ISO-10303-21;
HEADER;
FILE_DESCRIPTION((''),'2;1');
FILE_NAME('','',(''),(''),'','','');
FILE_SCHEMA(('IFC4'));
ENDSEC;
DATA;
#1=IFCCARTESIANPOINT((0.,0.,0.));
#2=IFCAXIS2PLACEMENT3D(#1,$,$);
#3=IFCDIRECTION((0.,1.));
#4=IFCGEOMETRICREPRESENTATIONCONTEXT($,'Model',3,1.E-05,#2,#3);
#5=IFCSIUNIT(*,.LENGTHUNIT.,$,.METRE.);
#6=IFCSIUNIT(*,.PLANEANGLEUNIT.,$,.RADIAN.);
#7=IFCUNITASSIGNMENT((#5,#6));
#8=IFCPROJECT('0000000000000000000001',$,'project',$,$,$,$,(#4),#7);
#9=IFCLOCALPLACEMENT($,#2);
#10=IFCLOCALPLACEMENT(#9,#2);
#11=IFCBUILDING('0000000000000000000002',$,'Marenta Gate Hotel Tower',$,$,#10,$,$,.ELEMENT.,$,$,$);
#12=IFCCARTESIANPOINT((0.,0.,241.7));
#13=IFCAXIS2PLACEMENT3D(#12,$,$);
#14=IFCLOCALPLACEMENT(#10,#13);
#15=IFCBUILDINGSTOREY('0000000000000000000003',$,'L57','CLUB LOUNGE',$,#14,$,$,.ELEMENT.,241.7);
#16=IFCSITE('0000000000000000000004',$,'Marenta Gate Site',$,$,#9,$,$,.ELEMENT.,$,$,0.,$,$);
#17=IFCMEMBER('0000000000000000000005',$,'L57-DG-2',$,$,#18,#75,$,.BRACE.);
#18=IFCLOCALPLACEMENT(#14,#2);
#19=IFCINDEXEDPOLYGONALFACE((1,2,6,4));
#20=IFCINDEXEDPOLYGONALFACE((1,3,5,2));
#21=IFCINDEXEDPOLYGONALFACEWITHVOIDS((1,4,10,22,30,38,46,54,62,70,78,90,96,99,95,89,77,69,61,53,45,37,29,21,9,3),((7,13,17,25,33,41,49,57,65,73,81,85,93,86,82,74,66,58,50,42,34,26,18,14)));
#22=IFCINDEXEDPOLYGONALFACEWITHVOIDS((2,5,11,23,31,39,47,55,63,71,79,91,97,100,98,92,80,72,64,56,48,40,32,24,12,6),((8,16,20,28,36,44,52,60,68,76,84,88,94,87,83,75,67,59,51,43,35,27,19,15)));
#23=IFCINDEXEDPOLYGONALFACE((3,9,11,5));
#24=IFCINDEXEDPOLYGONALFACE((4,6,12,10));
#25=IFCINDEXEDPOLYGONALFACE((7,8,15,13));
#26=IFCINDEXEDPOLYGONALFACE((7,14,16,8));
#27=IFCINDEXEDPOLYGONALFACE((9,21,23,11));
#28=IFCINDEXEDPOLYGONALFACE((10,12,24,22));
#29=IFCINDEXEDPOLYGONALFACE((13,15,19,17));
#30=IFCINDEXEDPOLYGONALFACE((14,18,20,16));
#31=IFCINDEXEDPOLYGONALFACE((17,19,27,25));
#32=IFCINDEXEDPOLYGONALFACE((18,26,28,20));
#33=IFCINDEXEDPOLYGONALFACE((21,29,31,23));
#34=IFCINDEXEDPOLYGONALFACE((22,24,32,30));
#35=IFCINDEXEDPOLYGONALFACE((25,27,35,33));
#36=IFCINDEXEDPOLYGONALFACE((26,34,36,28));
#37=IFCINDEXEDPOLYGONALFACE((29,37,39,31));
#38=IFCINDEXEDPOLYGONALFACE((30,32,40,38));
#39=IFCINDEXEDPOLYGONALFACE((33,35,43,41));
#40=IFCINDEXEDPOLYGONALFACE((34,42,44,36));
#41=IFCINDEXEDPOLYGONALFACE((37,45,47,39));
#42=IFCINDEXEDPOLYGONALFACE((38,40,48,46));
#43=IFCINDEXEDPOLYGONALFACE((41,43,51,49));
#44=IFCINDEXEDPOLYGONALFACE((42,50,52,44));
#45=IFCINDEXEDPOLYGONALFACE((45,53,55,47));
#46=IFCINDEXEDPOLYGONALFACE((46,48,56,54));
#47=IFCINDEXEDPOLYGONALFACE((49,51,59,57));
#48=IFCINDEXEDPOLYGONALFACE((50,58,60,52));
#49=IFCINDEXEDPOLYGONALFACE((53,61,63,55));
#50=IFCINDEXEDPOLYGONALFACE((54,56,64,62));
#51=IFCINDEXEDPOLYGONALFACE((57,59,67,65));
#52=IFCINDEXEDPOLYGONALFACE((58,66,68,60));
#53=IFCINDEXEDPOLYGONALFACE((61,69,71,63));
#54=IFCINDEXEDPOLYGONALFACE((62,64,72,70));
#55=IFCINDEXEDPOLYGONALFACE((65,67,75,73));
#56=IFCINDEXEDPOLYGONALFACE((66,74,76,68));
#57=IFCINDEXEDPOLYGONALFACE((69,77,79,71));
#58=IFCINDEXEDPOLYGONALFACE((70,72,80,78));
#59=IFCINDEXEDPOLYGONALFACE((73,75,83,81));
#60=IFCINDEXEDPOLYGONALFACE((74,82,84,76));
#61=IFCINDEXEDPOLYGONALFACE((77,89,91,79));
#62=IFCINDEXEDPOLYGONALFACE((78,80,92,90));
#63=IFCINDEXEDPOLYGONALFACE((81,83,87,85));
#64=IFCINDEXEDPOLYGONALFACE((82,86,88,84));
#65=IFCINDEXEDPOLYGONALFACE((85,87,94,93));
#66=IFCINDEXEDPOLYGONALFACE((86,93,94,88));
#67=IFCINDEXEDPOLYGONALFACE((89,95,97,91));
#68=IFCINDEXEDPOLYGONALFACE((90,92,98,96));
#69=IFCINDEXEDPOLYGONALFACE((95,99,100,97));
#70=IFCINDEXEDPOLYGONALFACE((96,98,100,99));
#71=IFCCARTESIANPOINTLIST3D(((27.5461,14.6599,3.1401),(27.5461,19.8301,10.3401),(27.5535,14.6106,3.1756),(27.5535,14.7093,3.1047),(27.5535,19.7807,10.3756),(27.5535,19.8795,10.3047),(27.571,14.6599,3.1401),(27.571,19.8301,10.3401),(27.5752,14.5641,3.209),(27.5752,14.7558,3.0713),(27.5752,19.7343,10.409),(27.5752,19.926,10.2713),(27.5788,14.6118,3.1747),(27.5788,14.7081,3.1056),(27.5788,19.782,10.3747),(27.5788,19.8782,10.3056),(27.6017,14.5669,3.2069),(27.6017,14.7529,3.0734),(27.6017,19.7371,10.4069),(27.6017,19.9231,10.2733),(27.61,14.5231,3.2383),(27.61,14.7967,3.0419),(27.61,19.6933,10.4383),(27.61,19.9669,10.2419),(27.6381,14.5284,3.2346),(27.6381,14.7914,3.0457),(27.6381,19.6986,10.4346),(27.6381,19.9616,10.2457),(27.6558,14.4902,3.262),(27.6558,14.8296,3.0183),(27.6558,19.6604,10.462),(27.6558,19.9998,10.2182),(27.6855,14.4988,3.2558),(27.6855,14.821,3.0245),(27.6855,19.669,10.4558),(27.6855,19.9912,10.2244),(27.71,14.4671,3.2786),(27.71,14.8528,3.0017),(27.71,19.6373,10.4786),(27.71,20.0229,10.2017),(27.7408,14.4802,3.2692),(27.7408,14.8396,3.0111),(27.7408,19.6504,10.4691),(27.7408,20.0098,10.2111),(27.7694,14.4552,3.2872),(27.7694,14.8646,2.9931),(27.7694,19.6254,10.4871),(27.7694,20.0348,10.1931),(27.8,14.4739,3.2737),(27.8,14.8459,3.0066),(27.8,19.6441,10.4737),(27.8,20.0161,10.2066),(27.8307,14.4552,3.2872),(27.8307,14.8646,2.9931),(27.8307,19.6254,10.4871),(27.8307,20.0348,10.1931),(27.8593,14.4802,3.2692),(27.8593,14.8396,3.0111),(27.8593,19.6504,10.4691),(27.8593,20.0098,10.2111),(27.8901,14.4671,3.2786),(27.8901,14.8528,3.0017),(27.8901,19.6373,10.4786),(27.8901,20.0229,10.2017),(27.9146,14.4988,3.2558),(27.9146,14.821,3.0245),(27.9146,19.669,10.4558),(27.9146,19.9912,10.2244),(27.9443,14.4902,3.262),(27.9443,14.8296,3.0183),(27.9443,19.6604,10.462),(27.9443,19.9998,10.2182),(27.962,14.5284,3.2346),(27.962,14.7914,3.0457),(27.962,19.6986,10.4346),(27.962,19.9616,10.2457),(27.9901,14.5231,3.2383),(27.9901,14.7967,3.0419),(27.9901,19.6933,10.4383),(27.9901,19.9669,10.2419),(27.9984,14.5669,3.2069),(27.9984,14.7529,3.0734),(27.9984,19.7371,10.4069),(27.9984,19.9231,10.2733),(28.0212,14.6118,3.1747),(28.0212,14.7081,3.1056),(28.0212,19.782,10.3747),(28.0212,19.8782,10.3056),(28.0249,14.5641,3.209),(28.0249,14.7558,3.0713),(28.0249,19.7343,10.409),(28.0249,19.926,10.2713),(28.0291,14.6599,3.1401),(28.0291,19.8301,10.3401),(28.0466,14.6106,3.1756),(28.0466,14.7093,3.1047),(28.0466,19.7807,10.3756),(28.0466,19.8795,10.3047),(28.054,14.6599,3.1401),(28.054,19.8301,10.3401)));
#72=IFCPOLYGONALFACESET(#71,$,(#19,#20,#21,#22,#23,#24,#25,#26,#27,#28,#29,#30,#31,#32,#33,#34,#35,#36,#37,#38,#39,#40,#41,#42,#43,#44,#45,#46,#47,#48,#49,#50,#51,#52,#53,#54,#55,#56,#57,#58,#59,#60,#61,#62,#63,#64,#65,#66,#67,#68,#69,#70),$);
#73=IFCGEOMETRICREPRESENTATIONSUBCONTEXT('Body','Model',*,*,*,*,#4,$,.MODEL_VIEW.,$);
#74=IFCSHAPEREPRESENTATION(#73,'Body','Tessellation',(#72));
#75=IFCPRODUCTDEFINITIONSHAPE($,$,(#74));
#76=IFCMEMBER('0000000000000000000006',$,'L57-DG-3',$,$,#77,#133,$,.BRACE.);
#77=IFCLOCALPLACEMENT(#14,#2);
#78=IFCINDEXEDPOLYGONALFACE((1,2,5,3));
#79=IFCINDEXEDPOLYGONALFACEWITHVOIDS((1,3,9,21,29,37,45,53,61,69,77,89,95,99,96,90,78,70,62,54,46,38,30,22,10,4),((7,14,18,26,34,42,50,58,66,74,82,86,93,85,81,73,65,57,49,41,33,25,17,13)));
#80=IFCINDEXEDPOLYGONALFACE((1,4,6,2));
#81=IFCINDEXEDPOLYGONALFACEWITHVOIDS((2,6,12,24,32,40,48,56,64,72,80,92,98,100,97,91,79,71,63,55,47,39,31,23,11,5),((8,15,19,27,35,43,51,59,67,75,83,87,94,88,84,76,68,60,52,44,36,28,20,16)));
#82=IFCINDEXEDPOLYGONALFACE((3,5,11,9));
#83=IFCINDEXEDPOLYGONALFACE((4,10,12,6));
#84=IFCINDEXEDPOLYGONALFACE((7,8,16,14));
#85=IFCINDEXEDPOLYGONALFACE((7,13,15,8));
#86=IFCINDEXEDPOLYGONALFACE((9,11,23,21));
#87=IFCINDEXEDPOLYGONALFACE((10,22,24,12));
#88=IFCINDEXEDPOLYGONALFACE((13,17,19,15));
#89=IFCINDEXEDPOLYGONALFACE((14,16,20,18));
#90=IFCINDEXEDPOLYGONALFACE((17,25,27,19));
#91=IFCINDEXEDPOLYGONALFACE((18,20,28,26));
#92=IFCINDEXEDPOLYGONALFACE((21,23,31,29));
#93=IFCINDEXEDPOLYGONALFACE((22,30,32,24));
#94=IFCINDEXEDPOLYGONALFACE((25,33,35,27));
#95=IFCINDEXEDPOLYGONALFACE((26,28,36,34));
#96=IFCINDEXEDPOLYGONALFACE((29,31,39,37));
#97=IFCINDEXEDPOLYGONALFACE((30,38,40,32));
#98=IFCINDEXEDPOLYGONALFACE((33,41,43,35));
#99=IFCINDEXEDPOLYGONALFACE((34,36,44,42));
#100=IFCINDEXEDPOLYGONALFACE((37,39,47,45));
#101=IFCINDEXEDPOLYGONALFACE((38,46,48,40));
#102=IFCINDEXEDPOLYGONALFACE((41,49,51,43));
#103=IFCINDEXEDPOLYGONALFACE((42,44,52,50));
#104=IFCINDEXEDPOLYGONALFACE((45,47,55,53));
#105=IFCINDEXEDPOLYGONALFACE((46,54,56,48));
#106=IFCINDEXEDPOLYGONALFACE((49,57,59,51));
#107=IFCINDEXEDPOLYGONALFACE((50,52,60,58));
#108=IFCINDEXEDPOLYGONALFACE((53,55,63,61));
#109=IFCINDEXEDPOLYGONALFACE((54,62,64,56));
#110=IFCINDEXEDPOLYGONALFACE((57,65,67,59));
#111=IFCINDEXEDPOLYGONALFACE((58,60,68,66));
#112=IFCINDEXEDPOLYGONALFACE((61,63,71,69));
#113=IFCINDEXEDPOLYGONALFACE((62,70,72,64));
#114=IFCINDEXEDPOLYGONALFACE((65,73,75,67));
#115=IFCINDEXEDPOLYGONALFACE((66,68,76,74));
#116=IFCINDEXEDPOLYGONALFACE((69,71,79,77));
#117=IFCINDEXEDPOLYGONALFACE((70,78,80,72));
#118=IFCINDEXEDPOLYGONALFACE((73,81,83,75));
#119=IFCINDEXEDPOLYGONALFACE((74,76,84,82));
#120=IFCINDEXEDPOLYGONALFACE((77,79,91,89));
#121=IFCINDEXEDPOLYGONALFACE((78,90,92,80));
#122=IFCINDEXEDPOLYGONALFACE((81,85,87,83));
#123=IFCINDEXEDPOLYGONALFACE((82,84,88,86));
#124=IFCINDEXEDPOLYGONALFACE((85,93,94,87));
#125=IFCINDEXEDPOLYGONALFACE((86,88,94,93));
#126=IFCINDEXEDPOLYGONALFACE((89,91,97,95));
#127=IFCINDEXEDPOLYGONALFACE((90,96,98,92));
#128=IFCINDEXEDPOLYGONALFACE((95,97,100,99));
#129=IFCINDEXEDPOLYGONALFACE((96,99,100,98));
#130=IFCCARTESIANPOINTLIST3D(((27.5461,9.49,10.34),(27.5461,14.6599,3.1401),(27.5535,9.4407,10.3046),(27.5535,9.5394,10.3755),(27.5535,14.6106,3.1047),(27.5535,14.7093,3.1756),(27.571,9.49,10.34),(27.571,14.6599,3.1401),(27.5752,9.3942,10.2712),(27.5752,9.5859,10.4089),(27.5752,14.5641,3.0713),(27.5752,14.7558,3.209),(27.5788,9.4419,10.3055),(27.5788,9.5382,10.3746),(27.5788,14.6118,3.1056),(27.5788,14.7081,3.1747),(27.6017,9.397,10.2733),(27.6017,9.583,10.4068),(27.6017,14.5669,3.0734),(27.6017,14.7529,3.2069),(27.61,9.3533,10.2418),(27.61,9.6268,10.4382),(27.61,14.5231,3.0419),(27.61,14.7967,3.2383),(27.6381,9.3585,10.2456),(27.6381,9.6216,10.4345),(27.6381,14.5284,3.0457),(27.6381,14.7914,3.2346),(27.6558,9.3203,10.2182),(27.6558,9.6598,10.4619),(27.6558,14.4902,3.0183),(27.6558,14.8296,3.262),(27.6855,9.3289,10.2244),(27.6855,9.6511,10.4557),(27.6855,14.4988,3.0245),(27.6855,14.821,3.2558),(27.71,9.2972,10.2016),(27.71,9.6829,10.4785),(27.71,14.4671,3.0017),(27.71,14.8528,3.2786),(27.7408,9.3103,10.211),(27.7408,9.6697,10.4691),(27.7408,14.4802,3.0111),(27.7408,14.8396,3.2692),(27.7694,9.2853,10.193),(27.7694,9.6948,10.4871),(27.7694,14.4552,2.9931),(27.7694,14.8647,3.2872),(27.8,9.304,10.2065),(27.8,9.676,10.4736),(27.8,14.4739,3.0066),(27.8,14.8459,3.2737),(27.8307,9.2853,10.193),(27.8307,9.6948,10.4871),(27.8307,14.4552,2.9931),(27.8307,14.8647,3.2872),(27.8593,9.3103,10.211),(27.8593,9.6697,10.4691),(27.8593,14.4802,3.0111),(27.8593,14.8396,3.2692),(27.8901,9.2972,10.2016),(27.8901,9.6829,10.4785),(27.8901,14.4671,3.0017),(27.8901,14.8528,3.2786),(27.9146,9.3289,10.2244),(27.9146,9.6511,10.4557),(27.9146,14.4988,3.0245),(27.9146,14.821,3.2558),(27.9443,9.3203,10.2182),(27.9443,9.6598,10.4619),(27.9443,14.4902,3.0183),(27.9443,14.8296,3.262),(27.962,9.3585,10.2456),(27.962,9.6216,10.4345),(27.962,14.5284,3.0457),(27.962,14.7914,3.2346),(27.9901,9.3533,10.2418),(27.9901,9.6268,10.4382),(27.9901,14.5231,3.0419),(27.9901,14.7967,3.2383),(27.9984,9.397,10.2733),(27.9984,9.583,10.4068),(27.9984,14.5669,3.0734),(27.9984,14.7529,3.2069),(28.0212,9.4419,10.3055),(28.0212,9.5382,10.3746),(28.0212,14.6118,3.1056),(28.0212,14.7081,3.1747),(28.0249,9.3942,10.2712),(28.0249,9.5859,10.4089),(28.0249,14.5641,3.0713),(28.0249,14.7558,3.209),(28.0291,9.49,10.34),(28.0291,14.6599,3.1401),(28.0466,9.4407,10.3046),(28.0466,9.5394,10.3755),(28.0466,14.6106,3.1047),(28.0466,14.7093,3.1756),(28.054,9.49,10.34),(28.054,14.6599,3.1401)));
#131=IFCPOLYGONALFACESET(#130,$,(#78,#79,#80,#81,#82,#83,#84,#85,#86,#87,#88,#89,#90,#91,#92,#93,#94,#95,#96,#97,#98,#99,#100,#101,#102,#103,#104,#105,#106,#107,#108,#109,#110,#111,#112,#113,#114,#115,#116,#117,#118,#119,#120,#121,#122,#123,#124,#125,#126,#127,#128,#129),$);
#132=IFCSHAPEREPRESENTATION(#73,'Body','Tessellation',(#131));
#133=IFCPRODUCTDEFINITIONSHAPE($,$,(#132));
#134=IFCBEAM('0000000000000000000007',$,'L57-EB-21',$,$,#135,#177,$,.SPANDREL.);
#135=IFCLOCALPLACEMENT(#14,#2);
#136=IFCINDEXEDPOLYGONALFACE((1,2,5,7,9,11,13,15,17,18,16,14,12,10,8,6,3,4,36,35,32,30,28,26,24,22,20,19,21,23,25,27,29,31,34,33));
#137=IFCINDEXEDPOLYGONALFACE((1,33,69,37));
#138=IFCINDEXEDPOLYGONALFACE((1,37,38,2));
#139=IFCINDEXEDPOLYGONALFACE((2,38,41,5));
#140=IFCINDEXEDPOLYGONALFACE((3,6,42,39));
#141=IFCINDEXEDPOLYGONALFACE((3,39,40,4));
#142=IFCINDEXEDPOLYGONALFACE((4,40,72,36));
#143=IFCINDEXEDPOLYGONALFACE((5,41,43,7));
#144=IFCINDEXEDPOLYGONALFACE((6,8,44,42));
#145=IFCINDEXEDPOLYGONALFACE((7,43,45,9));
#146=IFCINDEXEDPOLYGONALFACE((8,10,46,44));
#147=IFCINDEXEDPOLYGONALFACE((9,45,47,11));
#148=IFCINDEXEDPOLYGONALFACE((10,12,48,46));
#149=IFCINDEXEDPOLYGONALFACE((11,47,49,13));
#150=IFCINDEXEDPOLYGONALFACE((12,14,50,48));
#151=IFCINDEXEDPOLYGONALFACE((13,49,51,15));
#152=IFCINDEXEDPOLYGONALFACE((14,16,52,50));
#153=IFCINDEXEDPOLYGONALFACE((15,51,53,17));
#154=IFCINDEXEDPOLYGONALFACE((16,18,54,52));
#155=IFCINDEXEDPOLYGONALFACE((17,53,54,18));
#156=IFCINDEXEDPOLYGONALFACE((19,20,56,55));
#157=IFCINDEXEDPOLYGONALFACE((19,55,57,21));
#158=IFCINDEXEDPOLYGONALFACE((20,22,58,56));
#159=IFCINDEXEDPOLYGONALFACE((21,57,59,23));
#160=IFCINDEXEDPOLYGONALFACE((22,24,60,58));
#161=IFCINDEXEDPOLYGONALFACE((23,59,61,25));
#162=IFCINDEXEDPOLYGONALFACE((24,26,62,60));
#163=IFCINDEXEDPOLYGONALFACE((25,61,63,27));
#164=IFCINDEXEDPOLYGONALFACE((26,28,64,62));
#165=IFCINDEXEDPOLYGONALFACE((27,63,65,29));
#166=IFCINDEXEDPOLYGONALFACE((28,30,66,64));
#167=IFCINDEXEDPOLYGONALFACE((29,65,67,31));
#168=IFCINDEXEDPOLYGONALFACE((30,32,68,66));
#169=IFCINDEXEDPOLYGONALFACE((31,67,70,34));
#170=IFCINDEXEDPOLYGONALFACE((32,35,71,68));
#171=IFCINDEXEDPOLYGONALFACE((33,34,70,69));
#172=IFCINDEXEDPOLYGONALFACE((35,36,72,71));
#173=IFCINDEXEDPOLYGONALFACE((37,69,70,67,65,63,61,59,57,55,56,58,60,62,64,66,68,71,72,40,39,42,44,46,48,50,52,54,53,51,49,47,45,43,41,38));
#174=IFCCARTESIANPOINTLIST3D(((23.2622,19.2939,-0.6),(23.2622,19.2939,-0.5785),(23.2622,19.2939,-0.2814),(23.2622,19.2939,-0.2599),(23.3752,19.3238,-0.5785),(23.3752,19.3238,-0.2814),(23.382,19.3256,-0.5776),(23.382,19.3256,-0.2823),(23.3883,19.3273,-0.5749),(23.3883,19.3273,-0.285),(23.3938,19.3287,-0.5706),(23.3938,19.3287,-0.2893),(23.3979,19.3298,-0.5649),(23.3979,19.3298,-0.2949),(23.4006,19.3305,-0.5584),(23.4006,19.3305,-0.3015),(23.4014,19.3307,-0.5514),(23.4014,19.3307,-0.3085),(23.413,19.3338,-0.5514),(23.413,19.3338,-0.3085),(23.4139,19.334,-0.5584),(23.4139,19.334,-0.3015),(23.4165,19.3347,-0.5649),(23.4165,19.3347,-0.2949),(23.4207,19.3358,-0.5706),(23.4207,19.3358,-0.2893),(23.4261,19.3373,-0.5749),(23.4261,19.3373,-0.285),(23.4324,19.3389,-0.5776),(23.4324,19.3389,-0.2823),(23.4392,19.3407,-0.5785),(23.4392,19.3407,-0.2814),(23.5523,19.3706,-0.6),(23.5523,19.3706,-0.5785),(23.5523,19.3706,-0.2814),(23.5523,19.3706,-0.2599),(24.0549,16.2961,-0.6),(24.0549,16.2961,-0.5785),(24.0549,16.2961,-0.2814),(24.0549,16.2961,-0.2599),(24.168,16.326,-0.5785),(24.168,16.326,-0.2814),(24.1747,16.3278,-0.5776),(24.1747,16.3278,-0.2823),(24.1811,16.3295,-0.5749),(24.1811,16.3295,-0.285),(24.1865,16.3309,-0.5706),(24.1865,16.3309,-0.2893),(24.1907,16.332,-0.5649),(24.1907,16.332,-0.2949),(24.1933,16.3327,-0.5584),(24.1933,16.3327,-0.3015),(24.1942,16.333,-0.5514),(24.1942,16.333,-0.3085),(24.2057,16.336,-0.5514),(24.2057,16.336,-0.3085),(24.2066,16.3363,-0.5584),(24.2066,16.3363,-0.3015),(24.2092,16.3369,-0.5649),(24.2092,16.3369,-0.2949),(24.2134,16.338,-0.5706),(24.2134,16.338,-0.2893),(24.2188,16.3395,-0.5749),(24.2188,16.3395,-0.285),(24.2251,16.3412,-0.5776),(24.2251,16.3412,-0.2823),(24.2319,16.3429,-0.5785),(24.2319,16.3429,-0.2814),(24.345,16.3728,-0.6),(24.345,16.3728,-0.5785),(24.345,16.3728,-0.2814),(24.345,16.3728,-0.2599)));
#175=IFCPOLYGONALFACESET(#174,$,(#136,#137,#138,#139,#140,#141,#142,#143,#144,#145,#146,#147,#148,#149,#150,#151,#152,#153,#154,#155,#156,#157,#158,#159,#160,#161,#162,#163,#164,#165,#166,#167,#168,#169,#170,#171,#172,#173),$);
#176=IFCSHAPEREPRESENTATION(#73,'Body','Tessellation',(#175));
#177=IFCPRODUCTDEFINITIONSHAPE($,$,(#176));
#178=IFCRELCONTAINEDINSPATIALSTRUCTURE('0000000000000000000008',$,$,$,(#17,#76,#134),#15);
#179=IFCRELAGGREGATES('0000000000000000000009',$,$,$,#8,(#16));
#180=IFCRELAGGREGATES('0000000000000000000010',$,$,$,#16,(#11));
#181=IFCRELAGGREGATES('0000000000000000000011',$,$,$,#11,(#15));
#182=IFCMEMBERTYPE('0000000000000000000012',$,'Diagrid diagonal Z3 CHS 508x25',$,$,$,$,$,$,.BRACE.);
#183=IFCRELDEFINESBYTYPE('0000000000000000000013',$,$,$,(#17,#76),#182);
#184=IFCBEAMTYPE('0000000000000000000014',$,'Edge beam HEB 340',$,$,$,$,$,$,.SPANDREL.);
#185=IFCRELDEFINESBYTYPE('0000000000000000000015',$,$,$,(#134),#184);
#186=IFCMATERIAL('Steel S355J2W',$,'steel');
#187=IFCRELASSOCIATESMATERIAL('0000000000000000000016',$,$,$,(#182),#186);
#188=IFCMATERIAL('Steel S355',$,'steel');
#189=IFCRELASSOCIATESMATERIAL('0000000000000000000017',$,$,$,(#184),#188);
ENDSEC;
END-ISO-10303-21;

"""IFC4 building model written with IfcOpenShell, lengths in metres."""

from ifc_helpers import new_model, si_unit, direction, frame, origin, origin_2d, place, context, subcontext, project, spatial, hollow_circle, i_section, extrude, material, material_profile, profile_set, type_object, element, save


model = new_model("IFC4")

# Units and contexts
model_context = context("Model", 3, precision=1e-05, world=origin(), true_north=direction((0.0, 1.0)))
body_context = subcontext(model_context, "Body", "Model", "MODEL_VIEW")
ifc_project = project(units=[si_unit("LENGTHUNIT", "METRE"), si_unit("PLANEANGLEUNIT", "RADIAN")], contexts=[model_context])

# Site, building, storey
site_placement = place(None, origin())
site = spatial("IfcSite", under=ifc_project, at=site_placement, Name="Marenta Gate Site", CompositionType="ELEMENT", RefElevation=0.0)
building_placement = place(site_placement, origin())
building = spatial("IfcBuilding", under=site, at=building_placement, Name="Marenta Gate Hotel Tower", CompositionType="ELEMENT")
storey_placement = place(building_placement, frame((0.0, 0.0, 241.7)))
storey = spatial("IfcBuildingStorey", under=building, at=storey_placement, Name="L57", Description="CLUB LOUNGE", CompositionType="ELEMENT", Elevation=241.7)

# Members
ifc_material_1 = material(Name="Steel S355J2W", Category="steel")
ifc_material_profile_1 = material_profile(ifc_material_1, hollow_circle(Radius=0.2539, WallThickness=0.0249, at=origin_2d()), Name="CHS 508x25")
ifc_profile_set_1 = profile_set([ifc_material_profile_1], Name="Steel S355J2W")
member_type_1 = type_object("IfcMemberType", Name="Diagrid diagonal Z3 CHS 508x25", PredefinedType="BRACE", material=ifc_profile_set_1)
member_1_placement = place(storey_placement, frame((27.8, 14.6599, 3.1401), z_axis=(0.0, 0.583279, 0.812272), x_axis=(-1.0, 0.0, 0.0)))
element("IfcMember", 1, at=member_1_placement, inside=storey, type_object=member_type_1, Name="L57-DG-2", PredefinedType="BRACE", context=body_context, shape_type="SweptSolid", body=[
    extrude(hollow_circle(Radius=0.2539, WallThickness=0.0249, at=origin_2d()), origin(), (0.0, 0.0, 1.0), 8.864),
])
member_2_placement = place(storey_placement, frame((27.8, 14.6599, 3.1401), z_axis=(0.0, -0.583261, 0.812285), x_axis=(1.0, 0.0, 0.0)))
element("IfcMember", 2, at=member_2_placement, inside=storey, type_object=member_type_1, Name="L57-DG-3", PredefinedType="BRACE", context=body_context, shape_type="SweptSolid", body=[
    extrude(hollow_circle(Radius=0.2539, WallThickness=0.0249, at=origin_2d()), origin(), (0.0, 0.0, 1.0), 8.8638),
])

# Beam
ifc_material_2 = material(Name="Steel S355", Category="steel")
ifc_material_profile_2 = material_profile(ifc_material_2, i_section(OverallWidth=0.3, OverallDepth=0.3401, WebThickness=0.012, FlangeThickness=0.0215, FilletRadius=0.0271, at=origin_2d()), Name="HEB 340")
ifc_profile_set_2 = profile_set([ifc_material_profile_2], Name="Steel S355")
beam_type = type_object("IfcBeamType", Name="Edge beam HEB 340", PredefinedType="SPANDREL", material=ifc_profile_set_2)
beam_1_placement = place(storey_placement, frame((23.4072, 19.3323, -0.4299), z_axis=(0.255648, -0.96677, 0.0), x_axis=(0.96677, 0.255648, 0.0)))
element("IfcBeam", 3, at=beam_1_placement, inside=storey, type_object=beam_type, Name="L57-EB-21", PredefinedType="SPANDREL", context=body_context, shape_type="SweptSolid", body=[
    extrude(i_section(OverallWidth=0.3, OverallDepth=0.3401, WebThickness=0.012, FlangeThickness=0.0215, FilletRadius=0.0271, at=origin_2d()), origin(), (0.0, 0.0, 1.0), 3.1008),
])

save(model, "model.ifc")
